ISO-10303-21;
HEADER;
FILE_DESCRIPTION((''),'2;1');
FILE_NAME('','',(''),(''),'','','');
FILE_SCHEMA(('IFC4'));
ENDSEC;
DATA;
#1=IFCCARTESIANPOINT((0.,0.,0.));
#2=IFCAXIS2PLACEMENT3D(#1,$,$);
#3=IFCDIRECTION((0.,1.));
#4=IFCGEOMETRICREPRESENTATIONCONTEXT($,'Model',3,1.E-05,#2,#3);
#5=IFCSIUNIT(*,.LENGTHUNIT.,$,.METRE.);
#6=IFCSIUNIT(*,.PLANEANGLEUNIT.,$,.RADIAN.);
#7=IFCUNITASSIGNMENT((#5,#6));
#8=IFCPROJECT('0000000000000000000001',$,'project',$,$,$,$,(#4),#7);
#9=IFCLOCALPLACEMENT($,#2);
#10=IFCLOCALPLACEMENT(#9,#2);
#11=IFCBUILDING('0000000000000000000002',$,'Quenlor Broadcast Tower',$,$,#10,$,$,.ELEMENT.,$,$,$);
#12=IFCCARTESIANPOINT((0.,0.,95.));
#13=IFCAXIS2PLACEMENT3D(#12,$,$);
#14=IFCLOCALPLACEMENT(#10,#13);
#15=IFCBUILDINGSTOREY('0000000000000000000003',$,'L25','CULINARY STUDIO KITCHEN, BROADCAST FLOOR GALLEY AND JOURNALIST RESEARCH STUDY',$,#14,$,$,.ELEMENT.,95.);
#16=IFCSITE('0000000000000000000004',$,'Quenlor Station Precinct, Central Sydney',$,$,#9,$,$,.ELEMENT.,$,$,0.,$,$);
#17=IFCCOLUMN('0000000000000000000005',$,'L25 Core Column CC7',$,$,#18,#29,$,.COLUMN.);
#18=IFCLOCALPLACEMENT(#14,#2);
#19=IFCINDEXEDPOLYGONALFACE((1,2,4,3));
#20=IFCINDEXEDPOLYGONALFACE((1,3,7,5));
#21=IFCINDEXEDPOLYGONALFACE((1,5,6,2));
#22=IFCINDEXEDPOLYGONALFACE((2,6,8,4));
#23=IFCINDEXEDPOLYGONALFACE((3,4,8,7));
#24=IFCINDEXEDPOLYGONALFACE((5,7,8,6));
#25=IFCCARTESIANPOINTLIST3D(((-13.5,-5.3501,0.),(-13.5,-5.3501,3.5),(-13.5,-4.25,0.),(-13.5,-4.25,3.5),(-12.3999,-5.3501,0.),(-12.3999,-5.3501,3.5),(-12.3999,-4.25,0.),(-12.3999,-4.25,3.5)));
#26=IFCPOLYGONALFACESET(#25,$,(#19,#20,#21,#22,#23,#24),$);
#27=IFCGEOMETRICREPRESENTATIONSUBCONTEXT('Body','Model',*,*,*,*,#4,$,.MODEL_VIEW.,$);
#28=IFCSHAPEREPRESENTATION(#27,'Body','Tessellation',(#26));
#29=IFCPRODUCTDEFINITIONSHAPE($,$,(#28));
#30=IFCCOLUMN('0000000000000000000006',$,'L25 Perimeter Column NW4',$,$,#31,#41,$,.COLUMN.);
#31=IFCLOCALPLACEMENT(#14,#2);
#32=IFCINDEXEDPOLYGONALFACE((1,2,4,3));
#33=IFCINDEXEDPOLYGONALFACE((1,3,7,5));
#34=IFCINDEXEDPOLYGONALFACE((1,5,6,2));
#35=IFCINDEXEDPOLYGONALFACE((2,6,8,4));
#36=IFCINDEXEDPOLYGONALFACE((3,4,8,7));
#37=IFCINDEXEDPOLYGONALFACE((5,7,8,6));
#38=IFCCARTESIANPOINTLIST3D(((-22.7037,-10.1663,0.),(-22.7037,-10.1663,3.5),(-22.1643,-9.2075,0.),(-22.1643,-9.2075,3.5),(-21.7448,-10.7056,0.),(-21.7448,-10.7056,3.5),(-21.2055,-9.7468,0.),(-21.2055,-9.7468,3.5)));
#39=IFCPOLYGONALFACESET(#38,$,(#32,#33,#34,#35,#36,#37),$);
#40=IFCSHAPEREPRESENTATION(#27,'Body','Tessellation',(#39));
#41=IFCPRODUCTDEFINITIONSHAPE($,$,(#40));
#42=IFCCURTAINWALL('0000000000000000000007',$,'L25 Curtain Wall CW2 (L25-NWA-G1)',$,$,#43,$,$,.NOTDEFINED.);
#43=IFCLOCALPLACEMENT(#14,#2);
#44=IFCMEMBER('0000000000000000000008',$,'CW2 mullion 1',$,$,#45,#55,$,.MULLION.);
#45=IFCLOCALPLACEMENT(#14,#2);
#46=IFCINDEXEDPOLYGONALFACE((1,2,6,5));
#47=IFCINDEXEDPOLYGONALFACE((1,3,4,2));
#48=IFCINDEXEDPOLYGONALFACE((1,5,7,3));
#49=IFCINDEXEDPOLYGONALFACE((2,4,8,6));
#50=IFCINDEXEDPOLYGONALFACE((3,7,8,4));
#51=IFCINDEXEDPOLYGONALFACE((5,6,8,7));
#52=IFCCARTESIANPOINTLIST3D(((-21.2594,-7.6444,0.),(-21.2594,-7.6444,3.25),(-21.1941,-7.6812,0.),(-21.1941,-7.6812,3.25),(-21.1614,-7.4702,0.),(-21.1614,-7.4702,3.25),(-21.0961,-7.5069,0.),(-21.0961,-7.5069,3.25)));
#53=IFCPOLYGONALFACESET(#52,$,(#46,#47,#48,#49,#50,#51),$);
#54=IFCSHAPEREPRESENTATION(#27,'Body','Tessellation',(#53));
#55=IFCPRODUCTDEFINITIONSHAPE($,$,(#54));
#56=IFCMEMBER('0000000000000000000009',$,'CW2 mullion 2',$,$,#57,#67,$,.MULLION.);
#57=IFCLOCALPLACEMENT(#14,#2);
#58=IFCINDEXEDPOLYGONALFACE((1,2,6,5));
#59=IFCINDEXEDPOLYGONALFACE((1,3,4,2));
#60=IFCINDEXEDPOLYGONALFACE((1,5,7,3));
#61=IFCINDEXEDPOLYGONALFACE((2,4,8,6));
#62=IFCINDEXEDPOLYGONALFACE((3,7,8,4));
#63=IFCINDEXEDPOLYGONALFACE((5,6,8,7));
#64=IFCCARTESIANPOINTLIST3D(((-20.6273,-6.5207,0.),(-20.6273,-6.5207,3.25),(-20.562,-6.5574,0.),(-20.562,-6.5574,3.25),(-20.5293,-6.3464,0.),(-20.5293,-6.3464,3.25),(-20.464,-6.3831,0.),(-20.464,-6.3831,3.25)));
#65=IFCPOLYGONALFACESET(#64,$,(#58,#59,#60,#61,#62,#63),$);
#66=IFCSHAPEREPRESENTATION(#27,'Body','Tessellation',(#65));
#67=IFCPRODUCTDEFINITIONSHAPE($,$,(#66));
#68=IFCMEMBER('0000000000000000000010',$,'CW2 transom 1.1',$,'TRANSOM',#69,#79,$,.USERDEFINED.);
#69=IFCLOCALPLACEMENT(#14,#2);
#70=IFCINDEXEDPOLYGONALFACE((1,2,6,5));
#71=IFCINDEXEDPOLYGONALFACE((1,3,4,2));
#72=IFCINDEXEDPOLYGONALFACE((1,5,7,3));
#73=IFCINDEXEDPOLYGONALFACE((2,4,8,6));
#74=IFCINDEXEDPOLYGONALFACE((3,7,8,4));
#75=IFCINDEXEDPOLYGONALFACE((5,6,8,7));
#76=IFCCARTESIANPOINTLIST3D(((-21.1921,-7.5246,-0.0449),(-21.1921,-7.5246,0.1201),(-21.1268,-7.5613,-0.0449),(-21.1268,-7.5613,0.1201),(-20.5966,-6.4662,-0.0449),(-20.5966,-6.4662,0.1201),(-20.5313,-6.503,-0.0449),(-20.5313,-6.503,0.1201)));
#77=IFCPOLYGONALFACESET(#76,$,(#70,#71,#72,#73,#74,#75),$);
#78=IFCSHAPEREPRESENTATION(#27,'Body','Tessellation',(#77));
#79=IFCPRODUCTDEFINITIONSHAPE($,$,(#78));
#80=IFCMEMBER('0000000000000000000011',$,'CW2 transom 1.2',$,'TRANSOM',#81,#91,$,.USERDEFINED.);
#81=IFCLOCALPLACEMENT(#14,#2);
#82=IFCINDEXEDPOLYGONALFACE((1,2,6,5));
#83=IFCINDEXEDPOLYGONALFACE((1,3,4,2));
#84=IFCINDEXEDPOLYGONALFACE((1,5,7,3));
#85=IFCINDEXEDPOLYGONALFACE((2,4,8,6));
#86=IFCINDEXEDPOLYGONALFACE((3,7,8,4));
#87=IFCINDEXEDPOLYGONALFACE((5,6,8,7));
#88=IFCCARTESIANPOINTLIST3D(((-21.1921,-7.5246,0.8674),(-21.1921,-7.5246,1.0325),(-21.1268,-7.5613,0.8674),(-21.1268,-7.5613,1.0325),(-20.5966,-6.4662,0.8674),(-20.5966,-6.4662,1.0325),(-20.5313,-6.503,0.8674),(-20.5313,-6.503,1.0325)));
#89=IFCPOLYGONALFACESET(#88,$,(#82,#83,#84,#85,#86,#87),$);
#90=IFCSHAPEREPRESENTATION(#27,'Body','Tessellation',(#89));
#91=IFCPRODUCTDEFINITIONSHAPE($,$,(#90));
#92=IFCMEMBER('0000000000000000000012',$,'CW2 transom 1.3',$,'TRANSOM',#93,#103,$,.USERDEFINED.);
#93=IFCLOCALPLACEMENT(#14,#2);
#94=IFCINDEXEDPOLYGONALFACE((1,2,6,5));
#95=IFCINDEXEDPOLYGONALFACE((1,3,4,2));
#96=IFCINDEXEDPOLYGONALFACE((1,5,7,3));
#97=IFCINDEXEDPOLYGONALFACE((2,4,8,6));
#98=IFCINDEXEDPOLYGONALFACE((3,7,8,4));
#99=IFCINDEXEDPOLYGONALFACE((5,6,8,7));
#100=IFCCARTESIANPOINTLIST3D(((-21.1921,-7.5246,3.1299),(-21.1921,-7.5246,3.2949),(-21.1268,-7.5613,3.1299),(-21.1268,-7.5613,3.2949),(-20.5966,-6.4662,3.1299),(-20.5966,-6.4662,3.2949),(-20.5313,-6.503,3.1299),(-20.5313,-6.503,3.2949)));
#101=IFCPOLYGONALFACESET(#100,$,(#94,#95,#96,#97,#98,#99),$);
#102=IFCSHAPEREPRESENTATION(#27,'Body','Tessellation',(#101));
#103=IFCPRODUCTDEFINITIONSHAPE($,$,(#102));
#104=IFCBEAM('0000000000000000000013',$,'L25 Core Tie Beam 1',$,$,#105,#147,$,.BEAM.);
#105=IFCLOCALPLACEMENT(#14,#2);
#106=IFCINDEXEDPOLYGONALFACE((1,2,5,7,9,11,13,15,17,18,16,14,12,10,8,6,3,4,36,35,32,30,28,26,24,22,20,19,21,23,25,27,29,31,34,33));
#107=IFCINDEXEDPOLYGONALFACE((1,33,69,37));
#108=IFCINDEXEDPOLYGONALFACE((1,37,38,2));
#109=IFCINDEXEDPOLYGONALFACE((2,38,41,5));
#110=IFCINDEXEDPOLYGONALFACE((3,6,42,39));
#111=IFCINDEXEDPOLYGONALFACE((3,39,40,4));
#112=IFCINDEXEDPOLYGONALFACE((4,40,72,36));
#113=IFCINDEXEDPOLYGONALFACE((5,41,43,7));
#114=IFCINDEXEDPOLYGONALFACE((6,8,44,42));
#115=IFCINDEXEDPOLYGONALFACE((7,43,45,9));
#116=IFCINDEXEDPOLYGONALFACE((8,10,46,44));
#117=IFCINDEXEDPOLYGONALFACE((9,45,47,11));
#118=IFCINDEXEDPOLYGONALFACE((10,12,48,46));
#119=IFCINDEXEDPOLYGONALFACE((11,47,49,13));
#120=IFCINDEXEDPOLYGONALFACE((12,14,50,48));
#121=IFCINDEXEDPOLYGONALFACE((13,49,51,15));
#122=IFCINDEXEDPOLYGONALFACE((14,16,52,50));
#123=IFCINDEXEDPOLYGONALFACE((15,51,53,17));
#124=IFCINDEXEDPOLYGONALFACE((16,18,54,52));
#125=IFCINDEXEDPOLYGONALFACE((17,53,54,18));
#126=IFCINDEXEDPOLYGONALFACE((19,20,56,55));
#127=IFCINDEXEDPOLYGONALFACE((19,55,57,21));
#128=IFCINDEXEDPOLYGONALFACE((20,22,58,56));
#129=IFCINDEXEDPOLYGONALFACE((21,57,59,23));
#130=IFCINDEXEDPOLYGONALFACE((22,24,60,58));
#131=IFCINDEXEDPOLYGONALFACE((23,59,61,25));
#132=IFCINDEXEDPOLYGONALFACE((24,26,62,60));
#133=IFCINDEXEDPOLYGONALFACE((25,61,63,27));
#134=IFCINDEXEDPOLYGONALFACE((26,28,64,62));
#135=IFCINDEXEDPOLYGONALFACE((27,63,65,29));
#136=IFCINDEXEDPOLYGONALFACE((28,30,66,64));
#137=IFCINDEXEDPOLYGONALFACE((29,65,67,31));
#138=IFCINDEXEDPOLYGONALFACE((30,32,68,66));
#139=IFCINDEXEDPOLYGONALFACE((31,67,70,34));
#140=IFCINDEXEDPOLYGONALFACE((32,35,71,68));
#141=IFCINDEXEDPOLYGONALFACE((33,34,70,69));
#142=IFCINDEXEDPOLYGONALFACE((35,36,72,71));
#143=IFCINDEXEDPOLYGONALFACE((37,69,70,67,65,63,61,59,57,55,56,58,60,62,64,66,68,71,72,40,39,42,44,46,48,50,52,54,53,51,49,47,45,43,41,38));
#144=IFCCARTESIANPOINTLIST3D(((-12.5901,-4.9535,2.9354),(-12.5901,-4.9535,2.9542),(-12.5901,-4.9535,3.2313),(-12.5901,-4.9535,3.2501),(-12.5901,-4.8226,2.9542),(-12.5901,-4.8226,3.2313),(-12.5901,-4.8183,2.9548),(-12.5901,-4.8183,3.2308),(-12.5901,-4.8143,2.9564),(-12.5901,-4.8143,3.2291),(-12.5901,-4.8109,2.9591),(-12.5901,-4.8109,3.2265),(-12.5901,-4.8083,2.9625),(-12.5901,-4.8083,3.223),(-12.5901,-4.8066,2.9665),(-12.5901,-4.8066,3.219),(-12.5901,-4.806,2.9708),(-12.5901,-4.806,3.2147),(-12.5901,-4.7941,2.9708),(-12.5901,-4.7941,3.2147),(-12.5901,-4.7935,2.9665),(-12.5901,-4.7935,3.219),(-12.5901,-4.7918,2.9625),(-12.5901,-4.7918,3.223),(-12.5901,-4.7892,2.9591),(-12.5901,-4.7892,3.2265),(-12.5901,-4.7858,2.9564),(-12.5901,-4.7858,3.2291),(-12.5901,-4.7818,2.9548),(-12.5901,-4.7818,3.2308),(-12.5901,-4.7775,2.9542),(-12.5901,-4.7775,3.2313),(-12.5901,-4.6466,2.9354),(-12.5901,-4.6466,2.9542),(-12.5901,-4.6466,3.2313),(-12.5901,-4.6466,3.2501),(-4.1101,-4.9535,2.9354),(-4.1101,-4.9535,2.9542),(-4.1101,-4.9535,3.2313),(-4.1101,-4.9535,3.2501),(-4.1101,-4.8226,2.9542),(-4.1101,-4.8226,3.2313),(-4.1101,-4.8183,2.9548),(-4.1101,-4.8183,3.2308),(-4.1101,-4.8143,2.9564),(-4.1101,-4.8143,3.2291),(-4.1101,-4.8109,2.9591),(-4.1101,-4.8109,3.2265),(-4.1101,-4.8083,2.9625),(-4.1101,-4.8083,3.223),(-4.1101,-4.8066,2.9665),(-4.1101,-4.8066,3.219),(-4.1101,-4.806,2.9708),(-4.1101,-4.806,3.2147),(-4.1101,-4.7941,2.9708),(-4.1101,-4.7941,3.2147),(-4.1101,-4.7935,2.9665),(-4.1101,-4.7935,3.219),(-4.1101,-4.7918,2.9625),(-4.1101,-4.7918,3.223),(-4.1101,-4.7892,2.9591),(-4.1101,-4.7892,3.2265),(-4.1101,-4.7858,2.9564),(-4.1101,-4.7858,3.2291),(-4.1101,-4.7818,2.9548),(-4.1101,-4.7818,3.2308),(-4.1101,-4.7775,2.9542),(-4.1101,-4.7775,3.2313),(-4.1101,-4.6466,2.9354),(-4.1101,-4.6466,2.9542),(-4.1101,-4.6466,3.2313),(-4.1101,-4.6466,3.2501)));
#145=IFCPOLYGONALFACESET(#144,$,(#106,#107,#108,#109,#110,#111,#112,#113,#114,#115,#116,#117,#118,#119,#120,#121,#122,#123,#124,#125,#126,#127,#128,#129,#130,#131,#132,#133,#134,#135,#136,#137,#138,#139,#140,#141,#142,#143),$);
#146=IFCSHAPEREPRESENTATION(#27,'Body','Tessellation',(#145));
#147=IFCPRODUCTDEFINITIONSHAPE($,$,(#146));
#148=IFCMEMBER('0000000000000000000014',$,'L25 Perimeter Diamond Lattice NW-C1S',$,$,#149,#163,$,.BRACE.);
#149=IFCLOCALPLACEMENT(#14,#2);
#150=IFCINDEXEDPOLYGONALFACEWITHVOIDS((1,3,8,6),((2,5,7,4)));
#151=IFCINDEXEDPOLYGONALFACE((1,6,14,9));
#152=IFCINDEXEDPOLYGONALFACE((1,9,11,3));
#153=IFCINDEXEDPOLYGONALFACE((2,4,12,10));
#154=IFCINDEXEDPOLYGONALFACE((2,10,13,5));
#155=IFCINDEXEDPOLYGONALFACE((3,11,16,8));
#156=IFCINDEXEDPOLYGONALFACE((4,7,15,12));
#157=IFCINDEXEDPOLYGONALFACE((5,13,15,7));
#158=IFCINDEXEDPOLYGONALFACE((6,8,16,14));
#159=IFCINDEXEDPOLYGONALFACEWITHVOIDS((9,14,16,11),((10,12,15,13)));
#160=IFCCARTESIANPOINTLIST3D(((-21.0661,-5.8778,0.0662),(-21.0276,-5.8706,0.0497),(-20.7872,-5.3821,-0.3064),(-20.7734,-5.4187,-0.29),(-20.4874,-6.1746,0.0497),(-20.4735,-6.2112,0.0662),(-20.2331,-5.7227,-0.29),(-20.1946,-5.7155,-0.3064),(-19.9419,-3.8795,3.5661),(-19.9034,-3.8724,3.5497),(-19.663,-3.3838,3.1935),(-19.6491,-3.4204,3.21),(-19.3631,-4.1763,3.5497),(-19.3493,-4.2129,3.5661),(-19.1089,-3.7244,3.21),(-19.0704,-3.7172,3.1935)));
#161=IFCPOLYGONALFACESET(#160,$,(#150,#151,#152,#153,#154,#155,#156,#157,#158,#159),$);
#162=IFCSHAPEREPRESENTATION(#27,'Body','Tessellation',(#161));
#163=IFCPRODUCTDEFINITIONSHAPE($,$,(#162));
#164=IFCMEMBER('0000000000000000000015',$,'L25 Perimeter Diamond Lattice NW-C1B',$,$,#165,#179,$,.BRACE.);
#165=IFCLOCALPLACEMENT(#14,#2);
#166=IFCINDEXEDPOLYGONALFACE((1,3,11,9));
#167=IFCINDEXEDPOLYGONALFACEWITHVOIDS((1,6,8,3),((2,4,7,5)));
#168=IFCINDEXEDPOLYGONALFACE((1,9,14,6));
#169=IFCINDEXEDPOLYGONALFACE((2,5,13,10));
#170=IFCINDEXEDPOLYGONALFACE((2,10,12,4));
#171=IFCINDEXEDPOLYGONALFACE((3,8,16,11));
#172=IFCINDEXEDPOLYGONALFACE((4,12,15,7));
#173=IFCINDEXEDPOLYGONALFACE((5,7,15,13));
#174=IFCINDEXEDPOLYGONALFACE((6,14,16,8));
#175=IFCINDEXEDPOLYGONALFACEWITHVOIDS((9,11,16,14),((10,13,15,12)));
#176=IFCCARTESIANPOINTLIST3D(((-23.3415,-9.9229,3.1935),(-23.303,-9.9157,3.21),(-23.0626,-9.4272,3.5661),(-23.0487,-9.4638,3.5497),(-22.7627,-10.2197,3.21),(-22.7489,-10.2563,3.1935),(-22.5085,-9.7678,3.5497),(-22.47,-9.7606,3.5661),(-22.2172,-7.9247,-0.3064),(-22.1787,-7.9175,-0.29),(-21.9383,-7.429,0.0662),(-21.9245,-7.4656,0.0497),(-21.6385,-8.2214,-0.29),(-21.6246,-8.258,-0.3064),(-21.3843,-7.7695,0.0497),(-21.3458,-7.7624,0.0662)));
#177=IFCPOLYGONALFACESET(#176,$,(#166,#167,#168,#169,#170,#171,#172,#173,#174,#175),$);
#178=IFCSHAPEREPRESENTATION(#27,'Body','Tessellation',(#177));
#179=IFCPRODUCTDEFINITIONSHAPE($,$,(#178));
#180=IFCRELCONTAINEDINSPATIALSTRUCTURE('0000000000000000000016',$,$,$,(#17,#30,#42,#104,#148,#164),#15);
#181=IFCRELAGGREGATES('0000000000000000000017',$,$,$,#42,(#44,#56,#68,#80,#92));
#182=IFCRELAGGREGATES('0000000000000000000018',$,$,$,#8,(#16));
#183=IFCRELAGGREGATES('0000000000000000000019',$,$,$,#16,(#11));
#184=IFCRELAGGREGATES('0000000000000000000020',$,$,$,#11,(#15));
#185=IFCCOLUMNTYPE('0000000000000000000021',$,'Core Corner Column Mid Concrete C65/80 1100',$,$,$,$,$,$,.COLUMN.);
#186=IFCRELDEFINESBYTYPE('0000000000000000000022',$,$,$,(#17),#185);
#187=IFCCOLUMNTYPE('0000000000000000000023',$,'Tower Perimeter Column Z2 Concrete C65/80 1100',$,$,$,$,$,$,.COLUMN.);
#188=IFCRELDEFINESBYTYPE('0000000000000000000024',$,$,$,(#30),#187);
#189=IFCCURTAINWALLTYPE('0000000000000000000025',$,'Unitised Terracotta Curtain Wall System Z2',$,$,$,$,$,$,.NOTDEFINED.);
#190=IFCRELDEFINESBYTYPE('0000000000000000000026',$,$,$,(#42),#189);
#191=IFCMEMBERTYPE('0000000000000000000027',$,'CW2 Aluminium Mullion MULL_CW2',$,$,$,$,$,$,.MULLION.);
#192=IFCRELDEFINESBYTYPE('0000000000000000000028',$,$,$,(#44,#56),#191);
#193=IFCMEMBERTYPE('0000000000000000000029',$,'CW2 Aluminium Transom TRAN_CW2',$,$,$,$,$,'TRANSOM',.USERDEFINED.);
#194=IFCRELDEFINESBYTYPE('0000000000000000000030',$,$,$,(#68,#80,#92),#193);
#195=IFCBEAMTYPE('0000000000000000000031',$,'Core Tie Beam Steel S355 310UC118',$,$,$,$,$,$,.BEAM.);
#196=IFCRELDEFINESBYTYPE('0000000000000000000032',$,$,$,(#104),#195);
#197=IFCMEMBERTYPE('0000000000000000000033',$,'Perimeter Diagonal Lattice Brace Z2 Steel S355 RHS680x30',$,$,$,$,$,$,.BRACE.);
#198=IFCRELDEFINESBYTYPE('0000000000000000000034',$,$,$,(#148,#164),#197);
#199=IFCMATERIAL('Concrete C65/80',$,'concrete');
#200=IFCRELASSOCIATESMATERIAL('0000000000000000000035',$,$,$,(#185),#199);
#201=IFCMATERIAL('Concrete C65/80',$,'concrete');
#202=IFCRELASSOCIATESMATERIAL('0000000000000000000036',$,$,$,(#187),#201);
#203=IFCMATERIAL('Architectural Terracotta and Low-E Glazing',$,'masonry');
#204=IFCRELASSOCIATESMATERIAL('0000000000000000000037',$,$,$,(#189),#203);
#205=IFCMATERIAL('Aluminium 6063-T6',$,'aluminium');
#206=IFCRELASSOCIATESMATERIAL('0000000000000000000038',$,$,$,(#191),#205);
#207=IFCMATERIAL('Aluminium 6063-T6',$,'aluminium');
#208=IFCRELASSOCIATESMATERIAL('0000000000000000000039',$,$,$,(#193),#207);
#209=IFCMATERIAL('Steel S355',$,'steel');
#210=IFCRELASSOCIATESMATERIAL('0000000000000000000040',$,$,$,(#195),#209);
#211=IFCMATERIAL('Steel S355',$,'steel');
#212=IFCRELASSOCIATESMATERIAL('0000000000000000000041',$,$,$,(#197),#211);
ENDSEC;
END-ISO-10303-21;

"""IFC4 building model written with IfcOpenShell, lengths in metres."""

from ifc_helpers import new_model, si_unit, direction, frame, origin, origin_2d, place, context, subcontext, project, spatial, rectangle, hollow_rectangle, i_section, extrude, material, material_profile, profile_set, type_object, element, aggregate, save


model = new_model("IFC4")

# Units and contexts
model_context = context("Model", 3, precision=1e-05, world=origin(), true_north=direction((0.0, 1.0)))
body_context = subcontext(model_context, "Body", "Model", "MODEL_VIEW")
ifc_project = project(units=[si_unit("LENGTHUNIT", "METRE"), si_unit("PLANEANGLEUNIT", "RADIAN")], contexts=[model_context])

# Site, building, storey
site_placement = place(None, origin())
site = spatial("IfcSite", under=ifc_project, at=site_placement, Name="Quenlor Station Precinct, Central Sydney", CompositionType="ELEMENT", RefElevation=0.0)
building_placement = place(site_placement, origin())
building = spatial("IfcBuilding", under=site, at=building_placement, Name="Quenlor Broadcast Tower", CompositionType="ELEMENT")
storey_placement = place(building_placement, frame((0.0, 0.0, 95.0)))
storey = spatial("IfcBuildingStorey", under=building, at=storey_placement, Name="L25", Description="CULINARY STUDIO KITCHEN, BROADCAST FLOOR GALLEY AND JOURNALIST RESEARCH STUDY", CompositionType="ELEMENT", Elevation=95.0)

# Columns
ifc_material_1 = material(Name="Concrete C65/80", Category="concrete")
ifc_material_profile_1 = material_profile(ifc_material_1, rectangle(XDim=1.1001, YDim=1.1001, at=origin_2d()))
ifc_profile_set_1 = profile_set([ifc_material_profile_1], Name="Concrete C65/80 RC1100x1100")
column_type_1 = type_object("IfcColumnType", Name="Core Corner Column Mid Concrete C65/80 1100", PredefinedType="COLUMN", material=ifc_profile_set_1)
column_1_placement = place(storey_placement, frame((-12.95, -4.8, 0.0), z_axis=(0.0, 0.0, 1.0), x_axis=(1.0, 0.0, 0.0)))
element("IfcColumn", 1, at=column_1_placement, inside=storey, type_object=column_type_1, Name="L25 Core Column CC7", PredefinedType="COLUMN", context=body_context, shape_type="SweptSolid", body=[
    extrude(rectangle(XDim=1.1001, YDim=1.1001, at=origin_2d()), origin(), (0.0, 0.0, 1.0), 3.5),
])
ifc_material_2 = material(Name="Concrete C65/80", Category="concrete")
ifc_material_profile_2 = material_profile(ifc_material_2, rectangle(XDim=1.1001, YDim=1.1001, at=origin_2d()))
ifc_profile_set_2 = profile_set([ifc_material_profile_2], Name="Concrete C65/80 RC1100x1100")
column_type_2 = type_object("IfcColumnType", Name="Tower Perimeter Column Z2 Concrete C65/80 1100", PredefinedType="COLUMN", material=ifc_profile_set_2)
column_2_placement = place(storey_placement, frame((-21.9546, -9.9565, 0.0), z_axis=(0.0, 0.0, 1.0), x_axis=(-0.871575, 0.490262, 0.0)))
element("IfcColumn", 2, at=column_2_placement, inside=storey, type_object=column_type_2, Name="L25 Perimeter Column NW4", PredefinedType="COLUMN", context=body_context, shape_type="SweptSolid", body=[
    extrude(rectangle(XDim=1.1001, YDim=1.1001, at=origin_2d()), origin(), (0.0, 0.0, 1.0), 3.5),
])

# Curtain wall, members
ifc_material_3 = material(Name="Architectural Terracotta and Low-E Glazing", Category="masonry")
curtain_wall_type = type_object("IfcCurtainWallType", Name="Unitised Terracotta Curtain Wall System Z2", PredefinedType="NOTDEFINED", material=ifc_material_3)
curtain_wall_placement = place(storey_placement, origin())
curtain_wall = element("IfcCurtainWall", 3, at=curtain_wall_placement, inside=storey, type_object=curtain_wall_type, Name="L25 Curtain Wall CW2 (L25-NWA-G1)", PredefinedType="NOTDEFINED")
ifc_material_4 = material(Name="Aluminium 6063-T6", Category="aluminium")
ifc_material_profile_3 = material_profile(ifc_material_4, rectangle(XDim=0.075, YDim=0.2, at=origin_2d()))
ifc_profile_set_3 = profile_set([ifc_material_profile_3], Name="Aluminium 6063-T6 MULL75x200")
member_type_1 = type_object("IfcMemberType", Name="CW2 Aluminium Mullion MULL_CW2", PredefinedType="MULLION", material=ifc_profile_set_3)
member_1_placement = place(storey_placement, frame((-21.1777, -7.5757, 0.0), z_axis=(0.0, 0.0, 1.0), x_axis=(-0.871566, 0.490279, 0.0)))
member_1 = element("IfcMember", 4, at=member_1_placement, type_object=member_type_1, Name="CW2 mullion 1", PredefinedType="MULLION", context=body_context, shape_type="SweptSolid", body=[
    extrude(rectangle(XDim=0.075, YDim=0.2, at=origin_2d()), origin(), (0.0, 0.0, 1.0), 3.25),
])
member_2_placement = place(storey_placement, frame((-20.5457, -6.4519, 0.0), z_axis=(0.0, 0.0, 1.0), x_axis=(-0.871566, 0.490279, 0.0)))
member_2 = element("IfcMember", 5, at=member_2_placement, type_object=member_type_1, Name="CW2 mullion 2", PredefinedType="MULLION", context=body_context, shape_type="SweptSolid", body=[
    extrude(rectangle(XDim=0.075, YDim=0.2, at=origin_2d()), origin(), (0.0, 0.0, 1.0), 3.25),
])
ifc_material_5 = material(Name="Aluminium 6063-T6", Category="aluminium")
ifc_material_profile_4 = material_profile(ifc_material_5, rectangle(XDim=0.075, YDim=0.165, at=origin_2d()))
ifc_profile_set_4 = profile_set([ifc_material_profile_4], Name="Aluminium 6063-T6 TRAN75x165")
member_type_2 = type_object("IfcMemberType", Name="CW2 Aluminium Transom TRAN_CW2", ElementType="TRANSOM", PredefinedType="USERDEFINED", material=ifc_profile_set_4)
member_3_placement = place(storey_placement, frame((-21.1594, -7.543, 0.0376), z_axis=(0.490347, 0.871527, 0.0), x_axis=(-0.871527, 0.490347, 0.0)))
member_3 = element("IfcMember", 6, at=member_3_placement, type_object=member_type_2, Name="CW2 transom 1.1", ObjectType="TRANSOM", PredefinedType="USERDEFINED", context=body_context, shape_type="SweptSolid", body=[
    extrude(rectangle(XDim=0.075, YDim=0.165, at=origin_2d()), origin(), (0.0, 0.0, 1.0), 1.2144),
])
member_4_placement = place(storey_placement, frame((-21.1594, -7.543, 0.95), z_axis=(0.490347, 0.871527, 0.0), x_axis=(-0.871527, 0.490347, 0.0)))
member_4 = element("IfcMember", 7, at=member_4_placement, type_object=member_type_2, Name="CW2 transom 1.2", ObjectType="TRANSOM", PredefinedType="USERDEFINED", context=body_context, shape_type="SweptSolid", body=[
    extrude(rectangle(XDim=0.075, YDim=0.165, at=origin_2d()), origin(), (0.0, 0.0, 1.0), 1.2144),
])
member_5_placement = place(storey_placement, frame((-21.1594, -7.543, 3.2124), z_axis=(0.490347, 0.871527, 0.0), x_axis=(-0.871527, 0.490347, 0.0)))
member_5 = element("IfcMember", 8, at=member_5_placement, type_object=member_type_2, Name="CW2 transom 1.3", ObjectType="TRANSOM", PredefinedType="USERDEFINED", context=body_context, shape_type="SweptSolid", body=[
    extrude(rectangle(XDim=0.075, YDim=0.165, at=origin_2d()), origin(), (0.0, 0.0, 1.0), 1.2144),
])

# Beam
ifc_material_6 = material(Name="Steel S355", Category="steel")
ifc_material_profile_5 = material_profile(ifc_material_6, i_section(OverallWidth=0.3069, OverallDepth=0.3147, WebThickness=0.012, FlangeThickness=0.0188, FilletRadius=0.0166, at=origin_2d()))
ifc_profile_set_5 = profile_set([ifc_material_profile_5], Name="Steel S355 310UC118")
beam_type_1 = type_object("IfcBeamType", Name="Core Tie Beam Steel S355 310UC118", PredefinedType="BEAM", material=ifc_profile_set_5)
beam_1_placement = place(storey_placement, frame((-12.5901, -4.8, 3.0928), z_axis=(1.0, 0.0, 0.0), x_axis=(0.0, 1.0, 0.0)))
element("IfcBeam", 9, at=beam_1_placement, inside=storey, type_object=beam_type_1, Name="L25 Core Tie Beam 1", PredefinedType="BEAM", context=body_context, shape_type="SweptSolid", body=[
    extrude(i_section(OverallWidth=0.3069, OverallDepth=0.3147, WebThickness=0.012, FlangeThickness=0.0188, FilletRadius=0.0166, at=origin_2d()), origin(), (0.0, 0.0, 1.0), 8.48),
])

# Members
ifc_material_7 = material(Name="Steel S355", Category="steel")
ifc_material_profile_6 = material_profile(ifc_material_7, hollow_rectangle(XDim=0.6799, YDim=0.6799, WallThickness=0.03, at=origin_2d()))
ifc_profile_set_6 = profile_set([ifc_material_profile_6], Name="Steel S355 RHS680x680x30")
member_type_3 = type_object("IfcMemberType", Name="Perimeter Diagonal Lattice Brace Z2 Steel S355 RHS680x30", PredefinedType="BRACE", material=ifc_profile_set_6)
for number, where, z_axis, x_axis, name in (
    (10, (-20.6304, -5.7966, -0.1201), (0.268697, 0.477585, 0.836489), (-0.871533, 0.490337, 0.0), "L25 Perimeter Diamond Lattice NW-C1S"),
    (11, (-21.7815, -7.8435, -0.1201), (-0.268697, -0.477585, 0.836489), (0.871533, -0.490337, 0.0), "L25 Perimeter Diamond Lattice NW-C1B"),
):
    element("IfcMember", number, at=place(storey_placement, frame(where, z_axis=z_axis, x_axis=x_axis)), inside=storey, type_object=member_type_3, Name=name, PredefinedType="BRACE", context=body_context, shape_type="SweptSolid", body=[
        extrude(hollow_rectangle(XDim=0.6799, YDim=0.6799, WallThickness=0.03, at=origin_2d()), origin(), (0.0, 0.0, 1.0), 4.1841),
    ])

aggregate(curtain_wall, [member_1, member_2, member_3, member_4, member_5])

save(model, "model.ifc")
